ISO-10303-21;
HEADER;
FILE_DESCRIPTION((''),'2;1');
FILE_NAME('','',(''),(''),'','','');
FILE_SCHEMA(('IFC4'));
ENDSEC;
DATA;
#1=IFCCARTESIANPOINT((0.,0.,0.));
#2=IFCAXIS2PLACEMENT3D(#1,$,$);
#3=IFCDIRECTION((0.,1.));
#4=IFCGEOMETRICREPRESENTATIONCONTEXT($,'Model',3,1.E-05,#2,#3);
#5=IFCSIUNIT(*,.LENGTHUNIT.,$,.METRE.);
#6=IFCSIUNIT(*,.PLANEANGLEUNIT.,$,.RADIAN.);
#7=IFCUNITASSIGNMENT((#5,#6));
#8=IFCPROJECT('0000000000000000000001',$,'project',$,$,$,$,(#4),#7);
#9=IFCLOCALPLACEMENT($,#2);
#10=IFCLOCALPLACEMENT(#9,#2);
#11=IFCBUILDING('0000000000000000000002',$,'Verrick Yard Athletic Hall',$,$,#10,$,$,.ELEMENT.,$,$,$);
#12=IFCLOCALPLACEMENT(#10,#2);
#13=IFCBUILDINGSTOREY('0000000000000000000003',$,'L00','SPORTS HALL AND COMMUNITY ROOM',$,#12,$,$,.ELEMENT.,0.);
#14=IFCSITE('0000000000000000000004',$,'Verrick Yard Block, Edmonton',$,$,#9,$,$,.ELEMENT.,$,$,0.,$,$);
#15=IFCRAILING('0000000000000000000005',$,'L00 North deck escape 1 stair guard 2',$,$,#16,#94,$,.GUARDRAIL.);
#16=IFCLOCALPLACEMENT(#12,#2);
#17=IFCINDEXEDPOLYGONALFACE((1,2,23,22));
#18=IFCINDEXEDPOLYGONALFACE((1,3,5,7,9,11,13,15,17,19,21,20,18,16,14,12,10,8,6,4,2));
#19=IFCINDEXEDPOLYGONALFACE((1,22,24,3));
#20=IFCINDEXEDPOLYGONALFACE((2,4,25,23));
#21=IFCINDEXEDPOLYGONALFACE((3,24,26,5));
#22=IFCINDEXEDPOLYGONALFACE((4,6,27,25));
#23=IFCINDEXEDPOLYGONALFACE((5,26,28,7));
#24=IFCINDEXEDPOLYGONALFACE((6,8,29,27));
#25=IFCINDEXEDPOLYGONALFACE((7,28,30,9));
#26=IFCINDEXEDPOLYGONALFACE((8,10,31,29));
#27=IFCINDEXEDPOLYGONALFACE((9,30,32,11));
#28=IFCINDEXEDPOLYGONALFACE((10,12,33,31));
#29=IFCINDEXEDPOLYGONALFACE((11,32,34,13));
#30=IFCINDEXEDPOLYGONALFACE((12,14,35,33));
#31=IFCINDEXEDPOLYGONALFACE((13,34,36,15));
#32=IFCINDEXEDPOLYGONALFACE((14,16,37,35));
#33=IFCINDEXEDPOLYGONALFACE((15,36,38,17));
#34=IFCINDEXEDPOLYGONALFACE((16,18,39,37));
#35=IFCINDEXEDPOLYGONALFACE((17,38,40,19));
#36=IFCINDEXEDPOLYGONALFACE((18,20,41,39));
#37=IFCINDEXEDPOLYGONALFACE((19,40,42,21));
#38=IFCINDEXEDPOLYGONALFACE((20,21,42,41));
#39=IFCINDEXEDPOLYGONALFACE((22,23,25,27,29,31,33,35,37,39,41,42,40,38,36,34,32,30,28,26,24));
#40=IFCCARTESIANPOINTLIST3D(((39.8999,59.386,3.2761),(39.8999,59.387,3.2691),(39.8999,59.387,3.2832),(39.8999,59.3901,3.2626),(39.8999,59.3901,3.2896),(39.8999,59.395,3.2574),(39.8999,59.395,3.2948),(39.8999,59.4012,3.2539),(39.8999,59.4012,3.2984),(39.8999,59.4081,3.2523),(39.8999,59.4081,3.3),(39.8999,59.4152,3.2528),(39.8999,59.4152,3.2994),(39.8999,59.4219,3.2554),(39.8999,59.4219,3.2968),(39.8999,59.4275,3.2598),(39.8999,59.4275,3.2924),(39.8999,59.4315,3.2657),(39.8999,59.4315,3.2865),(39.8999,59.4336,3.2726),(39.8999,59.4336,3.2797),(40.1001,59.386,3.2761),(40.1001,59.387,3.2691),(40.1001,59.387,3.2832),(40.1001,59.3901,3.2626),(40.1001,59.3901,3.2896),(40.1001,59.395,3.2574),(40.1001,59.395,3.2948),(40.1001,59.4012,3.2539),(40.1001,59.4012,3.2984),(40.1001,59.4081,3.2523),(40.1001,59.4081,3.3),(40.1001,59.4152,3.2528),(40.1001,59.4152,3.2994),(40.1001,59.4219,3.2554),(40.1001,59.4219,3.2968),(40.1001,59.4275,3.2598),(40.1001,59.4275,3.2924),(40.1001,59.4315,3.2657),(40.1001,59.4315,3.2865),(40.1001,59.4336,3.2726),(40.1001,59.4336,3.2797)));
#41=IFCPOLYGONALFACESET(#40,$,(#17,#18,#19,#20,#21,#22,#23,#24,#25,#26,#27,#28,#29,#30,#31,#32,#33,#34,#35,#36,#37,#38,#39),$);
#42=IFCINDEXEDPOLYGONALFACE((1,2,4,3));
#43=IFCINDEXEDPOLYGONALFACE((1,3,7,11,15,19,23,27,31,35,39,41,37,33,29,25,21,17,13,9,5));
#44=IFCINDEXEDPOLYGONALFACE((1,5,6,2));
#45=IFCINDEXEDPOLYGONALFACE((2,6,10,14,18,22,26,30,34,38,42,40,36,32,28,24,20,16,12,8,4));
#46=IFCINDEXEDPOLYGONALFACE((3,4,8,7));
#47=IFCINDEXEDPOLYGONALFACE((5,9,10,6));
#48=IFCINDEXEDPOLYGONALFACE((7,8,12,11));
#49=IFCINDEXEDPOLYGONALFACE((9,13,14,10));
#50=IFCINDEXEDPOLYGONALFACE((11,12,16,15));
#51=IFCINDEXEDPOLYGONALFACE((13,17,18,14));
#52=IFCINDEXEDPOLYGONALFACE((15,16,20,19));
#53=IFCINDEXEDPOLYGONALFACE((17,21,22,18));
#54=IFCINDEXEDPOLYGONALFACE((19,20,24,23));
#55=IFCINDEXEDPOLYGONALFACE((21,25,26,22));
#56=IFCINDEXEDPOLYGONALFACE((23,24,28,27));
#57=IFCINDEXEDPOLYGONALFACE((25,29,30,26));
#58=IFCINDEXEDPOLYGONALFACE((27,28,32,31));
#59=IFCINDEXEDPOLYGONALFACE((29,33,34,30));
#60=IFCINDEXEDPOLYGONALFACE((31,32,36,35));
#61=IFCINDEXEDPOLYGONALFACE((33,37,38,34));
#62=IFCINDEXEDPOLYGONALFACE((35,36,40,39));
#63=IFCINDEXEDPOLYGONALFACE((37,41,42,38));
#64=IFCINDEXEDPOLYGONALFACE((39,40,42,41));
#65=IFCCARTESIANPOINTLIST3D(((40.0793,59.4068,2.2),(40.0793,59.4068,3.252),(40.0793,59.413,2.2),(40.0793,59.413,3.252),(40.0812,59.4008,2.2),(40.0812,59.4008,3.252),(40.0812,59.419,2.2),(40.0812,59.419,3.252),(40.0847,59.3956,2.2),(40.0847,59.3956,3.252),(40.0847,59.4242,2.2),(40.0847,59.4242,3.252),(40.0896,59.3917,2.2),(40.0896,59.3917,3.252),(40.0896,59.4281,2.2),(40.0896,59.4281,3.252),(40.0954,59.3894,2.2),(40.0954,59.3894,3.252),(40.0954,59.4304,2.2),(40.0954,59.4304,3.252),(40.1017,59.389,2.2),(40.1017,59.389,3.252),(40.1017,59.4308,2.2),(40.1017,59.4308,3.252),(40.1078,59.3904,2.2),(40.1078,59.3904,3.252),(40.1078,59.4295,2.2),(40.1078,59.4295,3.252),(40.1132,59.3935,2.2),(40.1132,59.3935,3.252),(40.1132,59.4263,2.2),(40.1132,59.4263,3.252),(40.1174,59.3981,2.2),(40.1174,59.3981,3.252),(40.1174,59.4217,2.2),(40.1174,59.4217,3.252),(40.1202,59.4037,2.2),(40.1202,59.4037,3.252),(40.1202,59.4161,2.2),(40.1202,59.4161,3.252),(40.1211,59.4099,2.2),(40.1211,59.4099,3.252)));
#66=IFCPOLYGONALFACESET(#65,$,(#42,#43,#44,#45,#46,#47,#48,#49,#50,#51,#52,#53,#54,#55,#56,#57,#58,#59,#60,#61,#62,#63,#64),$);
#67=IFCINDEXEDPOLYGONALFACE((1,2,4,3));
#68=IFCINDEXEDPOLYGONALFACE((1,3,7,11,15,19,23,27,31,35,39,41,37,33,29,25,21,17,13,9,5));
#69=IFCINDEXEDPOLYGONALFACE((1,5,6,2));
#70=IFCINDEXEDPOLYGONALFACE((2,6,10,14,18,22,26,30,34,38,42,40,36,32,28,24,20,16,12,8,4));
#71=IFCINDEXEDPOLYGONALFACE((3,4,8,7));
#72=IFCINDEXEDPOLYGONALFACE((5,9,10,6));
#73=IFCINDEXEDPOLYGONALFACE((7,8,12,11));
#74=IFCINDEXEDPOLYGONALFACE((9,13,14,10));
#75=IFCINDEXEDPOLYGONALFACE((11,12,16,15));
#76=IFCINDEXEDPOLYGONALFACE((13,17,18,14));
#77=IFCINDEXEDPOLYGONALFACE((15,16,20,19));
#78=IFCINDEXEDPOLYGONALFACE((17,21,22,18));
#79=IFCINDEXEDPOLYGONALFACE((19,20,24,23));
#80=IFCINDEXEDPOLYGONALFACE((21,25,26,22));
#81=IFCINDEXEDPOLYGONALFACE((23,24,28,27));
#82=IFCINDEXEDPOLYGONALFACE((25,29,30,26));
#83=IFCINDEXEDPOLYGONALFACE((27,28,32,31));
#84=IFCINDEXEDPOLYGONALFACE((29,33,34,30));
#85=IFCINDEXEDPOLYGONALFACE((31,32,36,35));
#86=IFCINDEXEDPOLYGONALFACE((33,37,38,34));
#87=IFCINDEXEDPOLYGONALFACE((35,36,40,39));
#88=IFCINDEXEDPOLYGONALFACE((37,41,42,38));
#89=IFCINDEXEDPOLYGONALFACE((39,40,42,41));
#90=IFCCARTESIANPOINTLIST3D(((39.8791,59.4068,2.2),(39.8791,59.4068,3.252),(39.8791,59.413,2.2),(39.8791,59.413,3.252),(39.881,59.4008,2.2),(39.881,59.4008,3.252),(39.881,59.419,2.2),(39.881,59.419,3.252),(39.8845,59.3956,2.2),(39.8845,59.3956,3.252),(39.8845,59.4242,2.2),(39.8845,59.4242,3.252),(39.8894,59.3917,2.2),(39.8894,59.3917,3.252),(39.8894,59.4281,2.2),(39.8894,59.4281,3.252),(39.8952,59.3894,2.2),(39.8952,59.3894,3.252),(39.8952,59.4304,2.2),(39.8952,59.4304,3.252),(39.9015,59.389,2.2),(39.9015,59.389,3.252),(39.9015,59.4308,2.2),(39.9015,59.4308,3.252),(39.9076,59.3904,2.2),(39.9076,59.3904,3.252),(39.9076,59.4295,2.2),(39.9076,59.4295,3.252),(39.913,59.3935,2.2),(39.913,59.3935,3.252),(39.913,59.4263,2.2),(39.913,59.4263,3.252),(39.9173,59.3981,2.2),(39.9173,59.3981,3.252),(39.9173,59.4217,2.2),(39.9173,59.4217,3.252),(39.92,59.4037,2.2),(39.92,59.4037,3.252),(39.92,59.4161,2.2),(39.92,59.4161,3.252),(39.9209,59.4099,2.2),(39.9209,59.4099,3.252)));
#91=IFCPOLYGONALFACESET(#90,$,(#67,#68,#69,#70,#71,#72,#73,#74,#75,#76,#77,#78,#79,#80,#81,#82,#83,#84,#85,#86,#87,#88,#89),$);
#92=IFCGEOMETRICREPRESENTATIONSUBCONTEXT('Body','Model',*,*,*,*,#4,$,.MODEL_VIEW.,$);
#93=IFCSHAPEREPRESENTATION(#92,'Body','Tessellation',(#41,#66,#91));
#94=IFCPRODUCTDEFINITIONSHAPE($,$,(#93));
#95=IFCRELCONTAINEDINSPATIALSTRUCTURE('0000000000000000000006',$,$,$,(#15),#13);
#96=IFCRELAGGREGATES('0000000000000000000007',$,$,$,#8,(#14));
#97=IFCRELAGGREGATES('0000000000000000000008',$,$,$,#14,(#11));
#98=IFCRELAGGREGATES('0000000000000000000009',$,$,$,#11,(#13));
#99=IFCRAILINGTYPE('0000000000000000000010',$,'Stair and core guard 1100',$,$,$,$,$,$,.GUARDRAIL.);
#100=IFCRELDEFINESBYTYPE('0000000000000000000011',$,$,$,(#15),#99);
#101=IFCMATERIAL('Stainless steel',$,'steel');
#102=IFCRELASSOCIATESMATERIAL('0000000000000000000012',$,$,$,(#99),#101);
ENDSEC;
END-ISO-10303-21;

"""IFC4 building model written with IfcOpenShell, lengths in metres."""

from ifc_helpers import new_model, si_unit, direction, frame, origin, origin_2d, place, context, subcontext, project, spatial, circle, extrude, material, type_object, element, save


model = new_model("IFC4")

# Units and contexts
model_context = context("Model", 3, precision=1e-05, world=origin(), true_north=direction((0.0, 1.0)))
body_context = subcontext(model_context, "Body", "Model", "MODEL_VIEW")
ifc_project = project(units=[si_unit("LENGTHUNIT", "METRE"), si_unit("PLANEANGLEUNIT", "RADIAN")], contexts=[model_context])

# Site, building, storey
site_placement = place(None, origin())
site = spatial("IfcSite", under=ifc_project, at=site_placement, Name="Verrick Yard Block, Edmonton", CompositionType="ELEMENT", RefElevation=0.0)
building_placement = place(site_placement, origin())
building = spatial("IfcBuilding", under=site, at=building_placement, Name="Verrick Yard Athletic Hall", CompositionType="ELEMENT")
storey_placement = place(building_placement, origin())
storey = spatial("IfcBuildingStorey", under=building, at=storey_placement, Name="L00", Description="SPORTS HALL AND COMMUNITY ROOM", CompositionType="ELEMENT", Elevation=0.0)

# Railing
ifc_material_1 = material(Name="Stainless steel", Category="steel")
railing_type_1 = type_object("IfcRailingType", Name="Stair and core guard 1100", PredefinedType="GUARDRAIL", material=ifc_material_1)
railing_1_placement = place(storey_placement, frame((40.1001, 59.4099, 2.2)))
element("IfcRailing", 1, at=railing_1_placement, inside=storey, type_object=railing_type_1, Name="L00 North deck escape 1 stair guard 2", PredefinedType="GUARDRAIL", context=body_context, shape_type="SweptSolid", body=[
    extrude(circle(Radius=0.0239, at=origin_2d()), frame((0.0, 0.0, 1.0762), z_axis=(-1.0, 0.0, 0.0), x_axis=(0.0, -1.0, 0.0)), (0.0, 0.0, 1.0), 0.2002),
    extrude(circle(Radius=0.021, at=origin_2d()), origin(), (0.0, 0.0, 1.0), 1.052),
    extrude(circle(Radius=0.021, at=origin_2d()), frame((-0.2002, 0.0, 0.0)), (0.0, 0.0, 1.0), 1.052),
])

save(model, "model.ifc")
